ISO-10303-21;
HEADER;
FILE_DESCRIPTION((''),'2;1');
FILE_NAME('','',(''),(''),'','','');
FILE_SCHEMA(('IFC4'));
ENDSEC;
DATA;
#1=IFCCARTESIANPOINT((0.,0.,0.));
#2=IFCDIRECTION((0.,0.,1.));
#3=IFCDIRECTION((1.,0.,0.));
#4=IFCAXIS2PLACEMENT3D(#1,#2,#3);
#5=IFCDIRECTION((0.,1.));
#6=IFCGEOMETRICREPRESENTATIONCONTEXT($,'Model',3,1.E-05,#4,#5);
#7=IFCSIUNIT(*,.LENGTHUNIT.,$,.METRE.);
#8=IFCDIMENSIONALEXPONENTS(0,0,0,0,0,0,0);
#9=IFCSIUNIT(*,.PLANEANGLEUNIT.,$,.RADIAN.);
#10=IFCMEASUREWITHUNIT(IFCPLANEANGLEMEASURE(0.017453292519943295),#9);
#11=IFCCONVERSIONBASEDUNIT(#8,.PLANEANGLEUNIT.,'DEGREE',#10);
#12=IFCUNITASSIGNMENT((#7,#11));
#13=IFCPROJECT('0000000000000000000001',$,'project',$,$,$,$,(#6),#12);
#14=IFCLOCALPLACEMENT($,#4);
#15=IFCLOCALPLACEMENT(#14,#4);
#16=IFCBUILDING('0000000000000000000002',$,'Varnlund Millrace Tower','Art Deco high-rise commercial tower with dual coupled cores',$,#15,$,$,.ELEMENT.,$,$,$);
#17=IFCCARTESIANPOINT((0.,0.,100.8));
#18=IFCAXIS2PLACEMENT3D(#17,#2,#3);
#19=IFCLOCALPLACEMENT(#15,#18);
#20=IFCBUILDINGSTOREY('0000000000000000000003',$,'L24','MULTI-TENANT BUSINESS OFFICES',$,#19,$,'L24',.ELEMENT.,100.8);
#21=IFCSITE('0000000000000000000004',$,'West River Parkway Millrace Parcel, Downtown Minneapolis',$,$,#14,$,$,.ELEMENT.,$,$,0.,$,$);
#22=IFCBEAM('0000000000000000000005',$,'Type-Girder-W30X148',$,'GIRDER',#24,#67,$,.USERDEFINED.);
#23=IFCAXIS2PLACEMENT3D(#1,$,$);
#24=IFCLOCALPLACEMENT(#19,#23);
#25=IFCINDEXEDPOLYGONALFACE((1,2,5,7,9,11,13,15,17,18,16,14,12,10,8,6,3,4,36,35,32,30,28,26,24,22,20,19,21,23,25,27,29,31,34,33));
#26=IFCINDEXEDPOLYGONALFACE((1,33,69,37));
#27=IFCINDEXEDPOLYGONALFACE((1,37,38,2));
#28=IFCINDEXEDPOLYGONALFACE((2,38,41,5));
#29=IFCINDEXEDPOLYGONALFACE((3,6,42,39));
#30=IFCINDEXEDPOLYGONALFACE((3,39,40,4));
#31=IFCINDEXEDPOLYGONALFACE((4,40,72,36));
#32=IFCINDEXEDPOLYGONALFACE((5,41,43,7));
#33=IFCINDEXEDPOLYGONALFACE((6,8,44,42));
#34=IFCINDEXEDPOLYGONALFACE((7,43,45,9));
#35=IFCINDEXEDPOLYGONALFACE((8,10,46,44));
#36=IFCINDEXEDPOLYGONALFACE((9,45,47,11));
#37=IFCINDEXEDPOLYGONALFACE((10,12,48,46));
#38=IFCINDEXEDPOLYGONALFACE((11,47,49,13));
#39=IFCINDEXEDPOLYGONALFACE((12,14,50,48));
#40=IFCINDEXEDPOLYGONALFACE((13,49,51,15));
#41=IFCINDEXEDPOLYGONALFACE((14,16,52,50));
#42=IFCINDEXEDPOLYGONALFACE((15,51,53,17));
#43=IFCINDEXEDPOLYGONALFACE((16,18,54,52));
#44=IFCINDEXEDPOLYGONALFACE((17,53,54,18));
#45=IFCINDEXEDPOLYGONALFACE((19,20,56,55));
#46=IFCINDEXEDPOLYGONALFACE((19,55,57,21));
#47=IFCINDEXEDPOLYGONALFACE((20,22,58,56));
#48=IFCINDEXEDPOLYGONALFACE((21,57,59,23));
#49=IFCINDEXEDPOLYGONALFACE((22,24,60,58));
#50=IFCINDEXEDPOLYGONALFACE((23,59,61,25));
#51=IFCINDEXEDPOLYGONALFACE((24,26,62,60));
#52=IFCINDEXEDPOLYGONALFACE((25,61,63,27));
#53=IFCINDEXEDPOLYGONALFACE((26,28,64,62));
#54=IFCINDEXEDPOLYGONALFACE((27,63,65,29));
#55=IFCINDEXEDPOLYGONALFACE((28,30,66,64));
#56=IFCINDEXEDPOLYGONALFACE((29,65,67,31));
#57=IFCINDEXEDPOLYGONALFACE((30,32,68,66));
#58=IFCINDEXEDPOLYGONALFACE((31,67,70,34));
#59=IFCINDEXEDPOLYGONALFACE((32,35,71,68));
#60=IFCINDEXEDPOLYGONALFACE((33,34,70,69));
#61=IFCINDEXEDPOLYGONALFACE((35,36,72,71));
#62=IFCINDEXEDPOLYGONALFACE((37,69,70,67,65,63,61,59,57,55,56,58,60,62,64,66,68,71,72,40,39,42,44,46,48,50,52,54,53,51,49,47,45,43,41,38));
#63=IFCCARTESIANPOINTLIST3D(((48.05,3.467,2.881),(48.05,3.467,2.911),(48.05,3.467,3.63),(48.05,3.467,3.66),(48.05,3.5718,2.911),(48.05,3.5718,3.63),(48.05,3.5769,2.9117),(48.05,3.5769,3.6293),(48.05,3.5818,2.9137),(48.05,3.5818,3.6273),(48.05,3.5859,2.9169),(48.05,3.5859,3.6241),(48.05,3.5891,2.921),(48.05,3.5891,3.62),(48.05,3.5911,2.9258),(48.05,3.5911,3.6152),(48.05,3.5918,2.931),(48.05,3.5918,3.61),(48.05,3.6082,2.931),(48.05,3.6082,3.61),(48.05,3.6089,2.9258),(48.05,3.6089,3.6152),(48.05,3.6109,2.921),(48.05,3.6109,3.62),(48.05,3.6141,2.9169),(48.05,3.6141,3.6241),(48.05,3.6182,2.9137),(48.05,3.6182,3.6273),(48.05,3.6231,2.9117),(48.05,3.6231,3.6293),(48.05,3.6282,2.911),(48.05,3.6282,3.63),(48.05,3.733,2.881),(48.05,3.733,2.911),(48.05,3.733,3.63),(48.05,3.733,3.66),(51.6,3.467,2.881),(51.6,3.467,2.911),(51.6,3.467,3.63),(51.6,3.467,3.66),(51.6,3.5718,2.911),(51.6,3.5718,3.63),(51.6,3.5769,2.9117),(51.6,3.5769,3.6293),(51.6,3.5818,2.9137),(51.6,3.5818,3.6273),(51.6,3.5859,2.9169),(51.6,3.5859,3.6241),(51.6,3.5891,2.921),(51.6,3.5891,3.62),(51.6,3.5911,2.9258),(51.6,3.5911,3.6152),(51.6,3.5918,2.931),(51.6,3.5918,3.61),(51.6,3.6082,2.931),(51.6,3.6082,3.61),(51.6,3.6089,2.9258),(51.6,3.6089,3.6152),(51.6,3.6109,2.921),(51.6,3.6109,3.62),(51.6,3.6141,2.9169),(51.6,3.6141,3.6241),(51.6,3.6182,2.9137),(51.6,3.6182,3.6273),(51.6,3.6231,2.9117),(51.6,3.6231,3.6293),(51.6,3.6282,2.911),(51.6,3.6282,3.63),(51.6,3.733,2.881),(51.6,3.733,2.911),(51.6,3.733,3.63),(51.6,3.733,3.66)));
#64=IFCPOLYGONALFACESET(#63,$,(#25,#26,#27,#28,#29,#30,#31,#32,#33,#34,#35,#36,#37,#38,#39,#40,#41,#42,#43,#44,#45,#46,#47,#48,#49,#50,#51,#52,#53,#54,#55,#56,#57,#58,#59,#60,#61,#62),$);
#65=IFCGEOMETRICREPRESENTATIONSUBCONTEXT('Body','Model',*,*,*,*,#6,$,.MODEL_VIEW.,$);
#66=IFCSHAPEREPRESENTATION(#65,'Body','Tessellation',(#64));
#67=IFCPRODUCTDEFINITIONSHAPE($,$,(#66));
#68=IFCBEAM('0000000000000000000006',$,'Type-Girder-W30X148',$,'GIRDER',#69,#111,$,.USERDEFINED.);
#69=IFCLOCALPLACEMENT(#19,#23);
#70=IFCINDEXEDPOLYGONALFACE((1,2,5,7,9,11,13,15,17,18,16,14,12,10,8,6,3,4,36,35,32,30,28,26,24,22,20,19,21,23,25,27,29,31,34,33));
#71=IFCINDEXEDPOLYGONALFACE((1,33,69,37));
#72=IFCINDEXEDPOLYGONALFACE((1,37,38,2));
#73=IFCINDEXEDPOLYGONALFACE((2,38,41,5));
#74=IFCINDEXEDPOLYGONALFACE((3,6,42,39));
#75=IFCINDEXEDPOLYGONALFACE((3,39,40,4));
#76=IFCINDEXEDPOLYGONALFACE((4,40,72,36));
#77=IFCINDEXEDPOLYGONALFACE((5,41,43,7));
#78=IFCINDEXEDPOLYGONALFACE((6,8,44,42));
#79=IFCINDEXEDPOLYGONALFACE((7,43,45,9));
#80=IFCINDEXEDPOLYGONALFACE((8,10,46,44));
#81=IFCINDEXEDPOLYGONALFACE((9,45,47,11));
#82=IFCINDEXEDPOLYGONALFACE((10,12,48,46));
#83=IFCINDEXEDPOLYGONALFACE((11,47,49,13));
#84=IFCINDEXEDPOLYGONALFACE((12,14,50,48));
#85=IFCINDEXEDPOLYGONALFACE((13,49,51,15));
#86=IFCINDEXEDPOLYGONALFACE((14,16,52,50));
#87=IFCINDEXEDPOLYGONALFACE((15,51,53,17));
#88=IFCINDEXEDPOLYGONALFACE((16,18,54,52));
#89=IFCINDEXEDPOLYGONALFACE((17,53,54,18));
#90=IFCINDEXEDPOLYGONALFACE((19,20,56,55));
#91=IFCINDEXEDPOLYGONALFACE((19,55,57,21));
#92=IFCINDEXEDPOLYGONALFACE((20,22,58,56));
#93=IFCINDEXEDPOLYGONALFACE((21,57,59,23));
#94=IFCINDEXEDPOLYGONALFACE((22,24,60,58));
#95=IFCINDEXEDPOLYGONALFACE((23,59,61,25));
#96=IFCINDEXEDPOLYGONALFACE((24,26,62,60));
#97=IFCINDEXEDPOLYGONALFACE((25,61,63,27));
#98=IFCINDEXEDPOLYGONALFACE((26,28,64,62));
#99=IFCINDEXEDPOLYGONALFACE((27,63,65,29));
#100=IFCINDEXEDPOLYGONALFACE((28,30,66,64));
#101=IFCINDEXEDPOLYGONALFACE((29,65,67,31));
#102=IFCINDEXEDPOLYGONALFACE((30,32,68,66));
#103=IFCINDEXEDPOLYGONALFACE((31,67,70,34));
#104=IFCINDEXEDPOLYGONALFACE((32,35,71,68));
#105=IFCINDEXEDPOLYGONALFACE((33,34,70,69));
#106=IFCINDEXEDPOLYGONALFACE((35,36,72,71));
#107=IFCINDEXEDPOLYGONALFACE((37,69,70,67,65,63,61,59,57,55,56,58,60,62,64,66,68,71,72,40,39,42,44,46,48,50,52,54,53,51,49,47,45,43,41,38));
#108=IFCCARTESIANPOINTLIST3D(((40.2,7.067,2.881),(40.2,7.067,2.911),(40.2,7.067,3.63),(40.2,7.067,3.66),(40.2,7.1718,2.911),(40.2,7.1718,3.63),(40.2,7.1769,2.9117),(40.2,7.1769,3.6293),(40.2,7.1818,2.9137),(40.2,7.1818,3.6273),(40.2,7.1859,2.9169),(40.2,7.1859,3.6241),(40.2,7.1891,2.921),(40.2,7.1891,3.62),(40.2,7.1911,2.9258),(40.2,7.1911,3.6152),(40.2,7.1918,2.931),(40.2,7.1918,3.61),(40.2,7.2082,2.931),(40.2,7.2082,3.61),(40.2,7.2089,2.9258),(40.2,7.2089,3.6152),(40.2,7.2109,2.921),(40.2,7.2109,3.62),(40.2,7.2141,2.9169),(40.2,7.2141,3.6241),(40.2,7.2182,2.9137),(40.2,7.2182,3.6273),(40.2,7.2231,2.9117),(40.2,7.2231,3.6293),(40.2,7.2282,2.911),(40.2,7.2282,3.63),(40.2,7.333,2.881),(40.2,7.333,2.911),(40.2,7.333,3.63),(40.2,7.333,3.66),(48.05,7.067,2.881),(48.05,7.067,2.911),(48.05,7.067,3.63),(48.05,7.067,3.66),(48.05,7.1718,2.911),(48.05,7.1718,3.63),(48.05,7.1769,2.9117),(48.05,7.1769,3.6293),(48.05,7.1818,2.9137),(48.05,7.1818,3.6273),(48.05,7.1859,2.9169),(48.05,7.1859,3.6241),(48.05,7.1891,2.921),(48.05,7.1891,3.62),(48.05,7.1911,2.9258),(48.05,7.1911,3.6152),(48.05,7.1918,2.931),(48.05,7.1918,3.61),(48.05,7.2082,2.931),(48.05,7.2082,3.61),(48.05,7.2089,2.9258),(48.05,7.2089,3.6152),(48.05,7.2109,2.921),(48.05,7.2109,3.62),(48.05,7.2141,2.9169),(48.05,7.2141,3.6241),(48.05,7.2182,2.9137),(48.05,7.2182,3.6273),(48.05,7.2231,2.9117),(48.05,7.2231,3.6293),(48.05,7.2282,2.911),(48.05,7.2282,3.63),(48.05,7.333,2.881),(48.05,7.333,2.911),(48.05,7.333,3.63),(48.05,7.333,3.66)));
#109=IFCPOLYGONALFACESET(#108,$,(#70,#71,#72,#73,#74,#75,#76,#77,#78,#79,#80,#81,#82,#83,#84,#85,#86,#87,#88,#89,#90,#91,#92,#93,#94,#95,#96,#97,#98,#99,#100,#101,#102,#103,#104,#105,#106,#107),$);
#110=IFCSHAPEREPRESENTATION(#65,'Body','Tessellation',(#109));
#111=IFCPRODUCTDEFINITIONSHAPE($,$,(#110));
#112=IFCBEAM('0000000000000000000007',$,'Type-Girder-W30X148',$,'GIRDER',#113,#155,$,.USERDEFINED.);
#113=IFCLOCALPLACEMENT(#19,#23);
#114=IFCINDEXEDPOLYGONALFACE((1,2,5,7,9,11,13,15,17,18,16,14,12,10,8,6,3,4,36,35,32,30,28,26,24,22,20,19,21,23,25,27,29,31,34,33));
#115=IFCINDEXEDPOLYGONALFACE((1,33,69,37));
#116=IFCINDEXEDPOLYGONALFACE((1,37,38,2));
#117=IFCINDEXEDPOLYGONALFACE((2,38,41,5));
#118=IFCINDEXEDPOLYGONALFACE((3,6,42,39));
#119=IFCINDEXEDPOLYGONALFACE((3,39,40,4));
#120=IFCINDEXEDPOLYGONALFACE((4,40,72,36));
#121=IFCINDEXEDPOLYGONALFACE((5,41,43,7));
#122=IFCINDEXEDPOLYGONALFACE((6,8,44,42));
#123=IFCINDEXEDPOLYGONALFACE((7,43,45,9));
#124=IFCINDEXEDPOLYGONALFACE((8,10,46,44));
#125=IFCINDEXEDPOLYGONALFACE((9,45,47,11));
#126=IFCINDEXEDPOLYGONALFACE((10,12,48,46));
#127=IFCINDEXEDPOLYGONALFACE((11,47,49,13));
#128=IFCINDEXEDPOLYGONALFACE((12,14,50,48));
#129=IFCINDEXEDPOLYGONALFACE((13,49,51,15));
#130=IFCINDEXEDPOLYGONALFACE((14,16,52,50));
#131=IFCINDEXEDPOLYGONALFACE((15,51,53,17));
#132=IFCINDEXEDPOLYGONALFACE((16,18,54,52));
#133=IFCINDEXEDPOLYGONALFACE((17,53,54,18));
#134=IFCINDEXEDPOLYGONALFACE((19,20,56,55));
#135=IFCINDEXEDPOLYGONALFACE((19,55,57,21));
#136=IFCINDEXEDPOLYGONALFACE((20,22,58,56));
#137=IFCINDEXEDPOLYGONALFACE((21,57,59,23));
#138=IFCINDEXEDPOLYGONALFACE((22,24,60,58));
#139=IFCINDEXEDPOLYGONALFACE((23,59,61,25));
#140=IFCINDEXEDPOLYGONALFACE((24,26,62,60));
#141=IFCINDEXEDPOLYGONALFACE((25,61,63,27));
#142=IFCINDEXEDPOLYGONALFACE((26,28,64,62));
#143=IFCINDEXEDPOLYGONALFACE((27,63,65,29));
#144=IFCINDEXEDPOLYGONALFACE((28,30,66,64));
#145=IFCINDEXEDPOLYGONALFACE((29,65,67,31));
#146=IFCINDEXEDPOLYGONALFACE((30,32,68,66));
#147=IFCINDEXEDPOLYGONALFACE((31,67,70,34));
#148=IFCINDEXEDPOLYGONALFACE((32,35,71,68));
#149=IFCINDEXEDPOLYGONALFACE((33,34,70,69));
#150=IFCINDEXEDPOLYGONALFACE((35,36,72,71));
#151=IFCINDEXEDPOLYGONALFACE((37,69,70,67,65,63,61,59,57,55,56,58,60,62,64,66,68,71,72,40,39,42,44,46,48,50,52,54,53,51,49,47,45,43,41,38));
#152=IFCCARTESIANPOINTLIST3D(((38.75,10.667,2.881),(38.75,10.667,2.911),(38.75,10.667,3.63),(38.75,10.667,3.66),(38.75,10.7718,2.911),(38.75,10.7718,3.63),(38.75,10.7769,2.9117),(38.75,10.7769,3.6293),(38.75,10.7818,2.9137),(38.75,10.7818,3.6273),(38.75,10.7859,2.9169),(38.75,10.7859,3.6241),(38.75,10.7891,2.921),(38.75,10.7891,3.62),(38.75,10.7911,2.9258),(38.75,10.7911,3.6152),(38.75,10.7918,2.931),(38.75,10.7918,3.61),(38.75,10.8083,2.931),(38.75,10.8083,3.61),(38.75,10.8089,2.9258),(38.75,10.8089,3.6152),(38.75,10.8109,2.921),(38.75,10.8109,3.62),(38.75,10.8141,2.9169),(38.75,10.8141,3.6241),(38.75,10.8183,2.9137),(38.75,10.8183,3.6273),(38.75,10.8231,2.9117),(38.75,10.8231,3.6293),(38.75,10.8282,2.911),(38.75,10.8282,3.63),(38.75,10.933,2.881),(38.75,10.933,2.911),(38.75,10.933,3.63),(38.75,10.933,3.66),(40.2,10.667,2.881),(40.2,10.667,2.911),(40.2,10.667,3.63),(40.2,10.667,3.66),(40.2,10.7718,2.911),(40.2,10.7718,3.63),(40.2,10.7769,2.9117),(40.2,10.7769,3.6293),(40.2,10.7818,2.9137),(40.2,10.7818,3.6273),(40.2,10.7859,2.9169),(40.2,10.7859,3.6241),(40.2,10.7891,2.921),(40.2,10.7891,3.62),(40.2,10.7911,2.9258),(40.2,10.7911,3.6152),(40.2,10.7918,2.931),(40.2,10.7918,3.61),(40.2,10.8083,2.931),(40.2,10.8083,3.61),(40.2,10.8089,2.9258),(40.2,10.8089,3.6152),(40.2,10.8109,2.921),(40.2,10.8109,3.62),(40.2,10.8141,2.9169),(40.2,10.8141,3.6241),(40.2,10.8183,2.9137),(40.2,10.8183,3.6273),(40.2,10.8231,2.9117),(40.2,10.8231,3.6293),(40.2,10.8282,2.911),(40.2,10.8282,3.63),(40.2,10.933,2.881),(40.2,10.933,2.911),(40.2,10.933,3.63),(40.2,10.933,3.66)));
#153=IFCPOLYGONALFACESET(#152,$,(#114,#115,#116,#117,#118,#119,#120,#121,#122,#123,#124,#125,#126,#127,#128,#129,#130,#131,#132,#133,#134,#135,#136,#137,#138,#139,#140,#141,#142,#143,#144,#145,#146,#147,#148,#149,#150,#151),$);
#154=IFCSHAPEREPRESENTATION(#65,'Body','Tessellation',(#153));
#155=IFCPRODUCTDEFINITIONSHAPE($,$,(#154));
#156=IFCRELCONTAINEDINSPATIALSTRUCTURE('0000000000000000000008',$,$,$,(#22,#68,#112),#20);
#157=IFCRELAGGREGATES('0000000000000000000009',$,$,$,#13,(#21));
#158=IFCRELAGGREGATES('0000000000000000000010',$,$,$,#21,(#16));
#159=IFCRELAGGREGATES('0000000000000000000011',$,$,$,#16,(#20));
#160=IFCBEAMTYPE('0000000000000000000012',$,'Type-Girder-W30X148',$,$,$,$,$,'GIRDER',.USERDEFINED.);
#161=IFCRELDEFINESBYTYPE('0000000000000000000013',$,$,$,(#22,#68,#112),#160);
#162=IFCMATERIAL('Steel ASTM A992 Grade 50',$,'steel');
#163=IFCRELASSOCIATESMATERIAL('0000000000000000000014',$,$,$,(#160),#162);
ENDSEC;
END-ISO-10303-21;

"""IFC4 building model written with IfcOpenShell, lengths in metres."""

from ifc_helpers import new_model, entity, si_unit, converted_unit, direction, frame, origin_with_axes, origin_2d_with_axis, place, context, subcontext, project, spatial, i_section, extrude, material, material_profile, profile_set, type_object, element, save


model = new_model("IFC4")

# Units and contexts
model_context = context("Model", 3, precision=1e-05, world=origin_with_axes(), true_north=direction((0.0, 1.0)))
body_context = subcontext(model_context, "Body", "Model", "MODEL_VIEW")
ifc_project = project(units=[si_unit("LENGTHUNIT", "METRE"), converted_unit("PLANEANGLEUNIT", "DEGREE", entity("IfcPlaneAngleMeasure", 0.017453292519943295), si_unit("PLANEANGLEUNIT", "RADIAN"), dimensions=[0, 0, 0, 0, 0, 0, 0])], contexts=[model_context])

# Site, building, storey
site_placement = place(None, origin_with_axes())
site = spatial("IfcSite", under=ifc_project, at=site_placement, Name="West River Parkway Millrace Parcel, Downtown Minneapolis", CompositionType="ELEMENT", RefElevation=0.0)
building_placement = place(site_placement, origin_with_axes())
building = spatial("IfcBuilding", under=site, at=building_placement, Name="Varnlund Millrace Tower", Description="Art Deco high-rise commercial tower with dual coupled cores", CompositionType="ELEMENT")
storey_placement = place(building_placement, frame((0.0, 0.0, 100.8), z_axis=(0.0, 0.0, 1.0), x_axis=(1.0, 0.0, 0.0)))
storey = spatial("IfcBuildingStorey", under=building, at=storey_placement, Name="L24", Description="MULTI-TENANT BUSINESS OFFICES", LongName="L24", CompositionType="ELEMENT", Elevation=100.8)

# Beams
ifc_material_1 = material(Name="Steel ASTM A992 Grade 50", Category="steel")
ifc_material_profile_1 = material_profile(ifc_material_1, i_section(OverallWidth=0.266, OverallDepth=0.779, WebThickness=0.0165, FlangeThickness=0.03, FilletRadius=0.02, at=origin_2d_with_axis()), Name="Steel ASTM A992 Grade 50")
ifc_profile_set_1 = profile_set([ifc_material_profile_1], Name="Steel ASTM A992 Grade 50")
beam_type_1 = type_object("IfcBeamType", Name="Type-Girder-W30X148", ElementType="GIRDER", PredefinedType="USERDEFINED", material=ifc_profile_set_1)
beam_1_placement = place(storey_placement, frame((48.05, 3.6, 3.2705), z_axis=(1.0, 0.0, 0.0), x_axis=(0.0, 1.0, 0.0)))
element("IfcBeam", 1, at=beam_1_placement, inside=storey, type_object=beam_type_1, Name="Type-Girder-W30X148", ObjectType="GIRDER", PredefinedType="USERDEFINED", context=body_context, shape_type="SweptSolid", body=[
    extrude(i_section(OverallWidth=0.266, OverallDepth=0.779, WebThickness=0.0165, FlangeThickness=0.03, FilletRadius=0.02, at=origin_2d_with_axis()), origin_with_axes(), (0.0, 0.0, 1.0), 3.55),
])
beam_2_placement = place(storey_placement, frame((40.2, 7.2, 3.2705), z_axis=(1.0, 0.0, 0.0), x_axis=(0.0, 1.0, 0.0)))
element("IfcBeam", 2, at=beam_2_placement, inside=storey, type_object=beam_type_1, Name="Type-Girder-W30X148", ObjectType="GIRDER", PredefinedType="USERDEFINED", context=body_context, shape_type="SweptSolid", body=[
    extrude(i_section(OverallWidth=0.266, OverallDepth=0.779, WebThickness=0.0165, FlangeThickness=0.03, FilletRadius=0.02, at=origin_2d_with_axis()), origin_with_axes(), (0.0, 0.0, 1.0), 7.85),
])
beam_3_placement = place(storey_placement, frame((38.75, 10.8, 3.2705), z_axis=(1.0, 0.0, 0.0), x_axis=(0.0, 1.0, 0.0)))
element("IfcBeam", 3, at=beam_3_placement, inside=storey, type_object=beam_type_1, Name="Type-Girder-W30X148", ObjectType="GIRDER", PredefinedType="USERDEFINED", context=body_context, shape_type="SweptSolid", body=[
    extrude(i_section(OverallWidth=0.266, OverallDepth=0.779, WebThickness=0.0165, FlangeThickness=0.03, FilletRadius=0.02, at=origin_2d_with_axis()), origin_with_axes(), (0.0, 0.0, 1.0), 1.45),
])

save(model, "model.ifc")
